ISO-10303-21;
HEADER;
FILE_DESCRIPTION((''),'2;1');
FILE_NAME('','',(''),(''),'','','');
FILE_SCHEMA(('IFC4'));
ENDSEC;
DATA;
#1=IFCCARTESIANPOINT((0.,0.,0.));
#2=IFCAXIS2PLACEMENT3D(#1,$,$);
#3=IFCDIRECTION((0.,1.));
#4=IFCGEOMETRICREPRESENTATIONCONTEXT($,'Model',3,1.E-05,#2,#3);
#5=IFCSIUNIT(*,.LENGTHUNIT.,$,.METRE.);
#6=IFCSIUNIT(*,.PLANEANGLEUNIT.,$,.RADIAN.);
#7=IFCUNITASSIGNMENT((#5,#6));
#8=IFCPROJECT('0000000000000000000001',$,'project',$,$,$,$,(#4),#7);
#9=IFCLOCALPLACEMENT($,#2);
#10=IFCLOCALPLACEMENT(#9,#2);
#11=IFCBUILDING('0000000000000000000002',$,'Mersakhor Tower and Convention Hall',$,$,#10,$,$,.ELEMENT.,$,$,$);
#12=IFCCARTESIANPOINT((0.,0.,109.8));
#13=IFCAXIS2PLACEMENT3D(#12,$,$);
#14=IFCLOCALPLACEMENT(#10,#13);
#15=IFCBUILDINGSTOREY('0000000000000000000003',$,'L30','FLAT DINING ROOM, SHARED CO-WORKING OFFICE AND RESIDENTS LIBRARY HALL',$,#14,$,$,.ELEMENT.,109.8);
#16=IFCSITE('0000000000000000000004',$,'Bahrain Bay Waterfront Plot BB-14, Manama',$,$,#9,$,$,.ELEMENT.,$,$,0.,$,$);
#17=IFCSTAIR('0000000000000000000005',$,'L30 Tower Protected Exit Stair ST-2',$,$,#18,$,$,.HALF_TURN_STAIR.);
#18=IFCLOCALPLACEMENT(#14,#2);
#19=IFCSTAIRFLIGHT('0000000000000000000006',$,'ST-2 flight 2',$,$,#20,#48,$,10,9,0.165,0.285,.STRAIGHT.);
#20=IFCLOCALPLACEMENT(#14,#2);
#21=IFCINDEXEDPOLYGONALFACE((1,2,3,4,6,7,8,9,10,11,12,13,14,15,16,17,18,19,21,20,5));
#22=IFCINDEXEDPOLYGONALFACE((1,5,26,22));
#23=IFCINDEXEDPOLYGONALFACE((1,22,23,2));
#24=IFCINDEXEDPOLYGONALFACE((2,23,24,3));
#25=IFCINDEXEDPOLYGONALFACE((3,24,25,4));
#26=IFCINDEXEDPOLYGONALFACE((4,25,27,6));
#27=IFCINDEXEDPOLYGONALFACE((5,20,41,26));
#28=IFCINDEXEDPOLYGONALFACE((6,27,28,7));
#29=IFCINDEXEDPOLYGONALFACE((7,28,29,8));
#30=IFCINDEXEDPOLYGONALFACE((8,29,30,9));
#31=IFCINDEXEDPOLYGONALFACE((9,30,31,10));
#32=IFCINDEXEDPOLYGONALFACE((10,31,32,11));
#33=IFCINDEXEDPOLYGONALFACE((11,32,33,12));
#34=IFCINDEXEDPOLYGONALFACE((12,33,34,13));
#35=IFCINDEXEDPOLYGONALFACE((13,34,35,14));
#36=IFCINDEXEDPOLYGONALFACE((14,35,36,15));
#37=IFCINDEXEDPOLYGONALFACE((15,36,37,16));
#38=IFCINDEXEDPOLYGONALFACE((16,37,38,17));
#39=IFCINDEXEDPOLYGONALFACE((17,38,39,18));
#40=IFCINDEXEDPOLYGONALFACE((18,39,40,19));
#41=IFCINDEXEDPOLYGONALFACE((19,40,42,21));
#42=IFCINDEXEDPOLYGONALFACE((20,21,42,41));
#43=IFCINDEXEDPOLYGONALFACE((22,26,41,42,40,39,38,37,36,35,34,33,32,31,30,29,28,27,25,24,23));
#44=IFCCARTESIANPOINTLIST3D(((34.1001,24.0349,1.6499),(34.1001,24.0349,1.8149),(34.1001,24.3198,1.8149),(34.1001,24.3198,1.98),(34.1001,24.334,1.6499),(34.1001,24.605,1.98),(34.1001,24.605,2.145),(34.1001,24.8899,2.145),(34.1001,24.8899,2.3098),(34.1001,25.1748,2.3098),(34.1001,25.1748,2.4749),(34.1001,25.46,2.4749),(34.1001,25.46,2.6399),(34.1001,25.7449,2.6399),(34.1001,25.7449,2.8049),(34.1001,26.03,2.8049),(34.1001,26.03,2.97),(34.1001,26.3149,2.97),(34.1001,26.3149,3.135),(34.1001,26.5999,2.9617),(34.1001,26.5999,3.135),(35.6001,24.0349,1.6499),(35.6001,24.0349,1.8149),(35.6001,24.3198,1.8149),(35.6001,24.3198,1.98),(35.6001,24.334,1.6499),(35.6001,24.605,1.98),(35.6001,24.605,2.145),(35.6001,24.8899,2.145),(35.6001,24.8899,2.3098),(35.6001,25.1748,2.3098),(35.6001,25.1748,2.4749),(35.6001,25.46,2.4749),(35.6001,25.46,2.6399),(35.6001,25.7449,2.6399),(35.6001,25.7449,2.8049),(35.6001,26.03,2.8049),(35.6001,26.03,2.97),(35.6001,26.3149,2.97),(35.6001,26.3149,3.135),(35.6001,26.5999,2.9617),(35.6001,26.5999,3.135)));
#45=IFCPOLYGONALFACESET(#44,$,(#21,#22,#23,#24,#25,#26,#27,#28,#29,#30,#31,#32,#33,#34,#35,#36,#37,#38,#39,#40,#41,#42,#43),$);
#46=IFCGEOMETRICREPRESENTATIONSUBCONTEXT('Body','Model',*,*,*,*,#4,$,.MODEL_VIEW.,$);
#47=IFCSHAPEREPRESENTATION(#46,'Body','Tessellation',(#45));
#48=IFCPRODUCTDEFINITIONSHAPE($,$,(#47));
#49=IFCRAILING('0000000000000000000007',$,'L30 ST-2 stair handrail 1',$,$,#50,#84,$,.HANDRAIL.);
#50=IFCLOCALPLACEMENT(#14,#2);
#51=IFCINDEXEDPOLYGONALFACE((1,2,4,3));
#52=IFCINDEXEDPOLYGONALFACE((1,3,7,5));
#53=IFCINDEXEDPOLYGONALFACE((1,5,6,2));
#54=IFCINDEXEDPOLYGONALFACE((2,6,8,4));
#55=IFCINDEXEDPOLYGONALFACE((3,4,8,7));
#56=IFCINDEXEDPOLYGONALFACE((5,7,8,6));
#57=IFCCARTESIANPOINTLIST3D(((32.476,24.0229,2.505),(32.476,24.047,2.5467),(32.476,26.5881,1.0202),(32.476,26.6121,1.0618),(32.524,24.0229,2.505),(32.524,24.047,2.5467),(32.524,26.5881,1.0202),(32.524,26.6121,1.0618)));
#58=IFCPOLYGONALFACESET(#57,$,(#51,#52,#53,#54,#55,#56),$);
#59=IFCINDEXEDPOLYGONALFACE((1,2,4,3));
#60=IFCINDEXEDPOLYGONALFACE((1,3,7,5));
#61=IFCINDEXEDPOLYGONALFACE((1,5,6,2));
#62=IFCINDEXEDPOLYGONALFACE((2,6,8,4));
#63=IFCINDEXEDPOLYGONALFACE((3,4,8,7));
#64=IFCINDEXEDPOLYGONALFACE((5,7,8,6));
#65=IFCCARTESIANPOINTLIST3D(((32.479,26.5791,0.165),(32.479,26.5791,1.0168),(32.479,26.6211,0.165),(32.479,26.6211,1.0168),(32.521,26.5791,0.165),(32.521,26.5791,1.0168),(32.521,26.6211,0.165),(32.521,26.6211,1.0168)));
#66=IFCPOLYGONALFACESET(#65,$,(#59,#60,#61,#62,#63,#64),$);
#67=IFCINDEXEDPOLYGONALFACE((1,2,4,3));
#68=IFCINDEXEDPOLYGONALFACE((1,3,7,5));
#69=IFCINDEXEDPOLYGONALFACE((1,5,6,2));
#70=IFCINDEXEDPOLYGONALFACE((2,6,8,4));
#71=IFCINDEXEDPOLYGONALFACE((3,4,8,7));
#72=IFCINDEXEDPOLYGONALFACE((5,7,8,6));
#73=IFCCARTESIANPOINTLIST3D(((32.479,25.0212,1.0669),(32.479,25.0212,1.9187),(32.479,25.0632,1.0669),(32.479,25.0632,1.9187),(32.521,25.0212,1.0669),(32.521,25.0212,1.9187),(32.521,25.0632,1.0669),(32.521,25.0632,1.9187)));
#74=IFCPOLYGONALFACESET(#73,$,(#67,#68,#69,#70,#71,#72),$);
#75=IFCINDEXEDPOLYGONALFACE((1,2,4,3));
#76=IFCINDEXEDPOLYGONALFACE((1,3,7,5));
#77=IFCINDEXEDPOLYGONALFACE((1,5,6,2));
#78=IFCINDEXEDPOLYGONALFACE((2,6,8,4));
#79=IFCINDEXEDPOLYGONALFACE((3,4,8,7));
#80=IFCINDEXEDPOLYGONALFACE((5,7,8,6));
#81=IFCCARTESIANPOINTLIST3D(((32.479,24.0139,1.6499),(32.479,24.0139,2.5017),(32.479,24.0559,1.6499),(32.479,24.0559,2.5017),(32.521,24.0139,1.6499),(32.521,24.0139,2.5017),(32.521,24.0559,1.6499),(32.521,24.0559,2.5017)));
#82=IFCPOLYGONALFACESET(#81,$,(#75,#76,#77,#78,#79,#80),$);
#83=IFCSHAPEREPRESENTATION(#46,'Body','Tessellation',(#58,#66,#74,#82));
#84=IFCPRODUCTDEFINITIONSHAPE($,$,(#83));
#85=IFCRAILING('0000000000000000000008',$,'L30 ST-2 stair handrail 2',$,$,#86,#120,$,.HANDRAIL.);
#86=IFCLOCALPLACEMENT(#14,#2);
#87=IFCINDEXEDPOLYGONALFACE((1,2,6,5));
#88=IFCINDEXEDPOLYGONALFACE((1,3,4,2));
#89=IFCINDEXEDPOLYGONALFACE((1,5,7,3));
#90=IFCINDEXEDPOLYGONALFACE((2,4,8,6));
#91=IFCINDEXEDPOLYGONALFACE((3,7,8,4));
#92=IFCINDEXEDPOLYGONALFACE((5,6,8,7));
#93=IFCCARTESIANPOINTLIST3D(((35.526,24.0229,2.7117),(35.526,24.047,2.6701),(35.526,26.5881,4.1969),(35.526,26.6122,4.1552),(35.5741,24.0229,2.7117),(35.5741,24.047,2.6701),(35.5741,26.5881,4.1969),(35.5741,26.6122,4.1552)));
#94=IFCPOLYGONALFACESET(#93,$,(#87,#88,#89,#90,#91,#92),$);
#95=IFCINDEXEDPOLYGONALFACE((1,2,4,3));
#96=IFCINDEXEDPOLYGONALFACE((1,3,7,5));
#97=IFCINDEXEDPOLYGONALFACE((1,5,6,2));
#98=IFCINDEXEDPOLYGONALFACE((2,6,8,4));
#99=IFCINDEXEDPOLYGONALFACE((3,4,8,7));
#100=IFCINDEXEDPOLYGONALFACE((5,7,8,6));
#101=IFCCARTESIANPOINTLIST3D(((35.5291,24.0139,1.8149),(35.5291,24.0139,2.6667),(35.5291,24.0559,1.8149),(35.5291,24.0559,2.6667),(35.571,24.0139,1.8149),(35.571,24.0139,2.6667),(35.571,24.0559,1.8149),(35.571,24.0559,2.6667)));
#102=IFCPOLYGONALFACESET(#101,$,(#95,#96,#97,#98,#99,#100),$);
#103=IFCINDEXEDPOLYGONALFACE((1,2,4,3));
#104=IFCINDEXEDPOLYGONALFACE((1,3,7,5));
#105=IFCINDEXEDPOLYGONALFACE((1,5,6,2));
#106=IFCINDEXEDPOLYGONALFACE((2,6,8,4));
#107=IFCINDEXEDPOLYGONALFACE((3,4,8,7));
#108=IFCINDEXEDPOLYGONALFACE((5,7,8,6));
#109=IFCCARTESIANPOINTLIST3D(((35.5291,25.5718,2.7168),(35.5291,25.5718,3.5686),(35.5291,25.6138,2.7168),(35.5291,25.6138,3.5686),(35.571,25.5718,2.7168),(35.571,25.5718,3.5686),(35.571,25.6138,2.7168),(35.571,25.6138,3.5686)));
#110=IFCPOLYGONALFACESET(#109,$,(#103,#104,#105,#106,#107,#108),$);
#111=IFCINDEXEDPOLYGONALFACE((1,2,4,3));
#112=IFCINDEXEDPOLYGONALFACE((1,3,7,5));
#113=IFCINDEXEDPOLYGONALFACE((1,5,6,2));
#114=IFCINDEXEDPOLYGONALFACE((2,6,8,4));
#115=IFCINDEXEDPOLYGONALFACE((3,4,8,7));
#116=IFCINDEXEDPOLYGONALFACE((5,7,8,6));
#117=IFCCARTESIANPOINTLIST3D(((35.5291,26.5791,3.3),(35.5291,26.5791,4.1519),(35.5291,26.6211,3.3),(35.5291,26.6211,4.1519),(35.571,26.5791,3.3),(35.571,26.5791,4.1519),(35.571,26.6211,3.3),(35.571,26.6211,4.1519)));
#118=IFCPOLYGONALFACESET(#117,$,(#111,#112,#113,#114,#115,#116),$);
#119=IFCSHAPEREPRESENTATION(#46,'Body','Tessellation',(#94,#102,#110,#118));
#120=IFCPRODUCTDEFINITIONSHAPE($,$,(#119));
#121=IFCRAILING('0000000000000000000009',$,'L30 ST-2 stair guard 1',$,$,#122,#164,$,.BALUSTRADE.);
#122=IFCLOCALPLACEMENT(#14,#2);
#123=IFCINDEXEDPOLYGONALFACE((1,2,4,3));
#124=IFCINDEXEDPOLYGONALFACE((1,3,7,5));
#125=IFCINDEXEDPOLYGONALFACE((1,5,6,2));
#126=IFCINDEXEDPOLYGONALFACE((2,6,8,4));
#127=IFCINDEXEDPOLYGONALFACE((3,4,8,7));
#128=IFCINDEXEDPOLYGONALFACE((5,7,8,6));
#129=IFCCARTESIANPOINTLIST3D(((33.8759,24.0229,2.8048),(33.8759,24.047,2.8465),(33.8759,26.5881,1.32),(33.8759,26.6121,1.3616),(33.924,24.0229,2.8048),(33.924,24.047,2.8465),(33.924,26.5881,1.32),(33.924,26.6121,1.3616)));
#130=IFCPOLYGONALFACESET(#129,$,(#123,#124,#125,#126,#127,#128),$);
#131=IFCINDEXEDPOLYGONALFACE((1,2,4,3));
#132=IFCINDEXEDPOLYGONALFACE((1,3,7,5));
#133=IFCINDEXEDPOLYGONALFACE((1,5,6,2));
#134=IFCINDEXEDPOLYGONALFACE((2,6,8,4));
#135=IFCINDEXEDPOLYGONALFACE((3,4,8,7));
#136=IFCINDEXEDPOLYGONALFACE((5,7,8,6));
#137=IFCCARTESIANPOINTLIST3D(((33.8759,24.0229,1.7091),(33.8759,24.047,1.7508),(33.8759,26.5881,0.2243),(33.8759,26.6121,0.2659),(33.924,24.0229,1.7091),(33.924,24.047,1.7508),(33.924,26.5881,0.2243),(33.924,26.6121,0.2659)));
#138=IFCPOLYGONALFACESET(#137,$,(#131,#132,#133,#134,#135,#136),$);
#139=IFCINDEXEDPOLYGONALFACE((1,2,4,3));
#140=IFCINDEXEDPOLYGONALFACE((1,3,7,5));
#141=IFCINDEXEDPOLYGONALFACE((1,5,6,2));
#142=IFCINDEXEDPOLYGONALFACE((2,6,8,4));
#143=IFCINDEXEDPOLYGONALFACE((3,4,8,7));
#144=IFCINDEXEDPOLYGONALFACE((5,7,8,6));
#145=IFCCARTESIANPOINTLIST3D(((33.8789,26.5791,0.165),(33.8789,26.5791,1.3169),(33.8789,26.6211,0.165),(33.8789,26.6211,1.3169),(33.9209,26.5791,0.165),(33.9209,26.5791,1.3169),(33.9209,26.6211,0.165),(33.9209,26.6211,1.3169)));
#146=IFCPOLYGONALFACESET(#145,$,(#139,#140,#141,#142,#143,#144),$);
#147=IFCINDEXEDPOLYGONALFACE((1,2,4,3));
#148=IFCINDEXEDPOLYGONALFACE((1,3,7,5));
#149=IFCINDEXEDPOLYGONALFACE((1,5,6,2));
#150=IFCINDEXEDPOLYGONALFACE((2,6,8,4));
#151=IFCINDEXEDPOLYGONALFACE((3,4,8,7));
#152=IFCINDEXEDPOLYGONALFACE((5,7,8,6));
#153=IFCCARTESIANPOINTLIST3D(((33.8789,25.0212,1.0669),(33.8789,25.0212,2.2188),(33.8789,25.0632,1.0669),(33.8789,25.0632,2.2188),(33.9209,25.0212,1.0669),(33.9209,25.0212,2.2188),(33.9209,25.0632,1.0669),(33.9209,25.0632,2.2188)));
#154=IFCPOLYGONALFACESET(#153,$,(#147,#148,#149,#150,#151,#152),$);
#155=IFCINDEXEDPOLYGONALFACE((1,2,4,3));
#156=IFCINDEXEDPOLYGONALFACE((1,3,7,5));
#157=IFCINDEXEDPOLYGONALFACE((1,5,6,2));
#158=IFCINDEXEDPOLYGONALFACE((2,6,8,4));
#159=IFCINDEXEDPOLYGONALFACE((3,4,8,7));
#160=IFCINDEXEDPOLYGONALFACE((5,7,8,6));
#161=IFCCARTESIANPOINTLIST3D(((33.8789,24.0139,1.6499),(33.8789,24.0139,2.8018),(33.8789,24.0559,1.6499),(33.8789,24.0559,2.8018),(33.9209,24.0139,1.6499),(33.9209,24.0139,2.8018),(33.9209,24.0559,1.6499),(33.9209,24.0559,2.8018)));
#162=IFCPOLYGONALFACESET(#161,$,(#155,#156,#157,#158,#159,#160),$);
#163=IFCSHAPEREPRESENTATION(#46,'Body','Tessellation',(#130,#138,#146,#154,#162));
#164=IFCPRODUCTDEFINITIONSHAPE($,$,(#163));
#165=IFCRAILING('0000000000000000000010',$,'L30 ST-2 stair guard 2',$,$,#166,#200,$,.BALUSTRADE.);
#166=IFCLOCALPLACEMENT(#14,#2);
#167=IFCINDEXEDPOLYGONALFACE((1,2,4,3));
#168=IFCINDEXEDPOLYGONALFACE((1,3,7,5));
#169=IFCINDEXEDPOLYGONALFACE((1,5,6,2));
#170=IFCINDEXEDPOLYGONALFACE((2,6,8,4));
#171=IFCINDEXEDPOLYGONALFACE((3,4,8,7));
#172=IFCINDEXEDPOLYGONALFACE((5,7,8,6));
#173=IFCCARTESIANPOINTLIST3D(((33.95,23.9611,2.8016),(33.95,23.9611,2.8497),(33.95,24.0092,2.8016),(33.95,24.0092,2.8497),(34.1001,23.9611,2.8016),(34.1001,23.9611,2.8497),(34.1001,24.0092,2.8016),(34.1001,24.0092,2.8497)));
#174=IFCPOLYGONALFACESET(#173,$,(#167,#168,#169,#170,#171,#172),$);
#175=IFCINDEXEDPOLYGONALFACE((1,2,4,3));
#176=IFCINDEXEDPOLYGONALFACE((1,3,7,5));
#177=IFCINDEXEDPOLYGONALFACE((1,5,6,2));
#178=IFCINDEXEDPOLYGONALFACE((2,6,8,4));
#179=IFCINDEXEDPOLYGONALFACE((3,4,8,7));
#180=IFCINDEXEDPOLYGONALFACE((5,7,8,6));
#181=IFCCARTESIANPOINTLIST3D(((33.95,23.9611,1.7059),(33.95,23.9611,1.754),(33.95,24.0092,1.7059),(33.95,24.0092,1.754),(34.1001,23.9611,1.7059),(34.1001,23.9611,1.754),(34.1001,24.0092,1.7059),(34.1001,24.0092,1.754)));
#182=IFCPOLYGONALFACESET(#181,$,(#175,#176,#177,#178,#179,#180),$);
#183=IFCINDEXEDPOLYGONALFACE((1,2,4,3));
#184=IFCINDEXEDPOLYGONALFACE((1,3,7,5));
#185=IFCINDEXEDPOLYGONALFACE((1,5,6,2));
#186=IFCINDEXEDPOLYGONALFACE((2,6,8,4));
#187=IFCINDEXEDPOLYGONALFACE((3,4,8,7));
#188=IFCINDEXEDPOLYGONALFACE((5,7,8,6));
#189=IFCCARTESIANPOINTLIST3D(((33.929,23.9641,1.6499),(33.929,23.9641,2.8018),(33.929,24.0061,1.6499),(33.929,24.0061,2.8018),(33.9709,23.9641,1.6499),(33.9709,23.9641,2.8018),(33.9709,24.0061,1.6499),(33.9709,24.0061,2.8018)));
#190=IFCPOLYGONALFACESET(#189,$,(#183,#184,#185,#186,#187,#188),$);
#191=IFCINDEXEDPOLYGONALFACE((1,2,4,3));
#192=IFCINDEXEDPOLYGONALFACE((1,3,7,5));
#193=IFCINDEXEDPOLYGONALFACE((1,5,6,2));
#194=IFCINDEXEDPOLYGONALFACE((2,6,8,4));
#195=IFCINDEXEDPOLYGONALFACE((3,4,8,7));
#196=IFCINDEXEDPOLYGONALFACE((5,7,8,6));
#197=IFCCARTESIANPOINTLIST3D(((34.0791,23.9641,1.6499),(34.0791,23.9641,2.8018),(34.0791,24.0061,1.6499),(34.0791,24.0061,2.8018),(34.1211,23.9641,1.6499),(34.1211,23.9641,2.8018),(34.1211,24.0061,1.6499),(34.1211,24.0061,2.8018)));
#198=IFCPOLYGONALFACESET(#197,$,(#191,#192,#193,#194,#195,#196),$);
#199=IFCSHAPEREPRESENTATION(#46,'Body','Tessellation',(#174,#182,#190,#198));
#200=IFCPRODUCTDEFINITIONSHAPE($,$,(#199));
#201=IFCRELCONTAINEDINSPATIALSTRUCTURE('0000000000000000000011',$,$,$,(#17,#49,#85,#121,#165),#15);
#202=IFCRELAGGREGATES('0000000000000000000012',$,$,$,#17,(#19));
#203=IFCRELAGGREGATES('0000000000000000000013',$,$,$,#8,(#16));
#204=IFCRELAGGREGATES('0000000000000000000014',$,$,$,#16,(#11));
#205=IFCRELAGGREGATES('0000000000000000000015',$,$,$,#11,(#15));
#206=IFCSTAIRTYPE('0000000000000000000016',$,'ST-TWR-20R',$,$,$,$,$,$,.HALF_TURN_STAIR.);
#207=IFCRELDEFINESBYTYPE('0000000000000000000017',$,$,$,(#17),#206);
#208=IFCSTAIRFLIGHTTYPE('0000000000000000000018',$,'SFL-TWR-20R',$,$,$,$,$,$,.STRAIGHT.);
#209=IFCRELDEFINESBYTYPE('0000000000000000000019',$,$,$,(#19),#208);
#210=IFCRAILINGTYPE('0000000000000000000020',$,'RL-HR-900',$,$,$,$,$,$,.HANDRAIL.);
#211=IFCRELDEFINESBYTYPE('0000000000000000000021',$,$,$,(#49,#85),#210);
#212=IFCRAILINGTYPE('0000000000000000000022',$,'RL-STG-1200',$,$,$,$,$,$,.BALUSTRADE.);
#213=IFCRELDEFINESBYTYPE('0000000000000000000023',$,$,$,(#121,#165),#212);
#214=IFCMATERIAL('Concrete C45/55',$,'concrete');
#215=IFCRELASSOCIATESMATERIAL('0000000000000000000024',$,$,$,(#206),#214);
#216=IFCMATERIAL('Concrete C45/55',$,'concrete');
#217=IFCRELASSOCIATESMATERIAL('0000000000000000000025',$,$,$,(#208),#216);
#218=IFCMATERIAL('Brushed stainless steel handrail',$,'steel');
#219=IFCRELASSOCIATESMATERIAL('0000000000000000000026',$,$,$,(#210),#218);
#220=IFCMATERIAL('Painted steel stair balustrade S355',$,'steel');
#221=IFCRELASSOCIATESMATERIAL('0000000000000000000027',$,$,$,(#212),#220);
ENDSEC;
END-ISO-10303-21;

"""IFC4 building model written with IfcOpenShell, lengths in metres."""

from ifc_helpers import new_model, si_unit, direction, frame, origin, origin_2d, place, context, subcontext, project, spatial, polyline, rectangle, outline, extrude, material, type_object, element, aggregate, save


model = new_model("IFC4")

# Units and contexts
model_context = context("Model", 3, precision=1e-05, world=origin(), true_north=direction((0.0, 1.0)))
body_context = subcontext(model_context, "Body", "Model", "MODEL_VIEW")
ifc_project = project(units=[si_unit("LENGTHUNIT", "METRE"), si_unit("PLANEANGLEUNIT", "RADIAN")], contexts=[model_context])

# Site, building, storey
site_placement = place(None, origin())
site = spatial("IfcSite", under=ifc_project, at=site_placement, Name="Bahrain Bay Waterfront Plot BB-14, Manama", CompositionType="ELEMENT", RefElevation=0.0)
building_placement = place(site_placement, origin())
building = spatial("IfcBuilding", under=site, at=building_placement, Name="Mersakhor Tower and Convention Hall", CompositionType="ELEMENT")
storey_placement = place(building_placement, frame((0.0, 0.0, 109.8)))
storey = spatial("IfcBuildingStorey", under=building, at=storey_placement, Name="L30", Description="FLAT DINING ROOM, SHARED CO-WORKING OFFICE AND RESIDENTS LIBRARY HALL", CompositionType="ELEMENT", Elevation=109.8)

# Stair, stair flight
ifc_material_1 = material(Name="Concrete C45/55", Category="concrete")
stair_type = type_object("IfcStairType", Name="ST-TWR-20R", PredefinedType="HALF_TURN_STAIR", material=ifc_material_1)
stair_placement = place(storey_placement, origin())
stair = element("IfcStair", 1, at=stair_placement, inside=storey, type_object=stair_type, Name="L30 Tower Protected Exit Stair ST-2", PredefinedType="HALF_TURN_STAIR")
ifc_material_2 = material(Name="Concrete C45/55", Category="concrete")
stair_flight_type = type_object("IfcStairFlightType", Name="SFL-TWR-20R", PredefinedType="STRAIGHT", material=ifc_material_2)
stair_flight_1_placement = place(storey_placement, frame((34.8501, 24.0349, 1.6499), z_axis=(0.0, 0.0, 1.0), x_axis=(0.0, 1.0, 0.0)))
stair_flight_1 = element("IfcStairFlight", 2, at=stair_flight_1_placement, type_object=stair_flight_type, Name="ST-2 flight 2", NumberOfRisers=10, NumberOfTreads=9, PredefinedType="STRAIGHT", RiserHeight=0.165, TreadLength=0.285, context=body_context, shape_type="SweptSolid", body=[
    extrude(outline(polyline([(0.0, 0.0), (0.0, 0.165), (0.2849, 0.165), (0.2849, 0.3301), (0.5701, 0.3301), (0.5701, 0.4951), (0.855, 0.4951), (0.855, 0.6599), (1.1399, 0.6599), (1.1399, 0.825), (1.425, 0.825), (1.425, 0.99), (1.71, 0.99), (1.71, 1.155), (1.9951, 1.155), (1.9951, 1.3201), (2.28, 1.3201), (2.28, 1.4851), (2.5649, 1.4851), (2.5649, 1.6499), (2.5649, 1.3118), (0.2991, 0.0), (0.0, 0.0)])), frame((0.0, 0.75, 0.0), z_axis=(0.0, -1.0, 0.0), x_axis=(1.0, 0.0, 0.0)), (0.0, 0.0, 1.0), 1.5),
])
aggregate(stair, [stair_flight_1])

# Railings
ifc_material_3 = material(Name="Brushed stainless steel handrail", Category="steel")
railing_type_1 = type_object("IfcRailingType", Name="RL-HR-900", PredefinedType="HANDRAIL", material=ifc_material_3)
railing_1_placement = place(storey_placement, frame((32.5, 26.6001, 0.165)))
element("IfcRailing", 3, at=railing_1_placement, inside=storey, type_object=railing_type_1, Name="L30 ST-2 stair handrail 1", PredefinedType="HANDRAIL", context=body_context, shape_type="SweptSolid", body=[
    extrude(rectangle(XDim=0.0481, YDim=0.0481, at=origin_2d()), frame((0.0, 0.0, 0.876), z_axis=(0.0, -0.865462, 0.500975), x_axis=(1.0, 0.0, 0.0)), (0.0, 0.0, 1.0), 2.9639),
    extrude(rectangle(XDim=0.042, YDim=0.042, at=origin_2d()), origin(), (0.0, 0.0, 1.0), 0.8518),
    extrude(rectangle(XDim=0.042, YDim=0.042, at=origin_2d()), frame((0.0, -1.5579, 0.9019)), (0.0, 0.0, 1.0), 0.8518),
    extrude(rectangle(XDim=0.042, YDim=0.042, at=origin_2d()), frame((0.0, -2.5652, 1.4849)), (0.0, 0.0, 1.0), 0.8518),
])
railing_2_placement = place(storey_placement, frame((35.55, 24.0349, 1.8149)))
element("IfcRailing", 4, at=railing_2_placement, inside=storey, type_object=railing_type_1, Name="L30 ST-2 stair handrail 2", PredefinedType="HANDRAIL", context=body_context, shape_type="SweptSolid", body=[
    extrude(rectangle(XDim=0.0481, YDim=0.0481, at=origin_2d()), frame((0.0, 0.0, 0.876), z_axis=(0.0, 0.865426, 0.501036), x_axis=(-1.0, 0.0, 0.0)), (0.0, 0.0, 1.0), 2.9641),
    extrude(rectangle(XDim=0.042, YDim=0.042, at=origin_2d()), origin(), (0.0, 0.0, 1.0), 0.8518),
    extrude(rectangle(XDim=0.042, YDim=0.042, at=origin_2d()), frame((0.0, 1.5579, 0.9019)), (0.0, 0.0, 1.0), 0.8518),
    extrude(rectangle(XDim=0.042, YDim=0.042, at=origin_2d()), frame((0.0, 2.5652, 1.4851)), (0.0, 0.0, 1.0), 0.8518),
])
ifc_material_4 = material(Name="Painted steel stair balustrade S355", Category="steel")
railing_type_2 = type_object("IfcRailingType", Name="RL-STG-1200", PredefinedType="BALUSTRADE", material=ifc_material_4)
railing_3_placement = place(storey_placement, frame((33.8999, 26.6001, 0.165)))
element("IfcRailing", 5, at=railing_3_placement, inside=storey, type_object=railing_type_2, Name="L30 ST-2 stair guard 1", PredefinedType="BALUSTRADE", context=body_context, shape_type="SweptSolid", body=[
    extrude(rectangle(XDim=0.0481, YDim=0.0481, at=origin_2d()), frame((0.0, 0.0, 1.1758), z_axis=(0.0, -0.865462, 0.500975), x_axis=(1.0, 0.0, 0.0)), (0.0, 0.0, 1.0), 2.9639),
    extrude(rectangle(XDim=0.0481, YDim=0.0481, at=origin_2d()), frame((0.0, 0.0, 0.0801), z_axis=(0.0, -0.865462, 0.500975), x_axis=(1.0, 0.0, 0.0)), (0.0, 0.0, 1.0), 2.9639),
    extrude(rectangle(XDim=0.042, YDim=0.042, at=origin_2d()), origin(), (0.0, 0.0, 1.0), 1.1519),
    extrude(rectangle(XDim=0.042, YDim=0.042, at=origin_2d()), frame((0.0, -1.5579, 0.9019)), (0.0, 0.0, 1.0), 1.1519),
    extrude(rectangle(XDim=0.042, YDim=0.042, at=origin_2d()), frame((0.0, -2.5652, 1.4849)), (0.0, 0.0, 1.0), 1.1519),
])
railing_4_placement = place(storey_placement, frame((33.95, 23.9851, 1.6499)))
element("IfcRailing", 6, at=railing_4_placement, inside=storey, type_object=railing_type_2, Name="L30 ST-2 stair guard 2", PredefinedType="BALUSTRADE", context=body_context, shape_type="SweptSolid", body=[
    extrude(rectangle(XDim=0.0481, YDim=0.0481, at=origin_2d()), frame((0.0, 0.0, 1.1758), z_axis=(1.0, 0.0, 0.0), x_axis=(0.0, 1.0, 0.0)), (0.0, 0.0, 1.0), 0.1501),
    extrude(rectangle(XDim=0.0481, YDim=0.0481, at=origin_2d()), frame((0.0, 0.0, 0.0801), z_axis=(1.0, 0.0, 0.0), x_axis=(0.0, 1.0, 0.0)), (0.0, 0.0, 1.0), 0.1501),
    extrude(rectangle(XDim=0.042, YDim=0.042, at=origin_2d()), origin(), (0.0, 0.0, 1.0), 1.1519),
    extrude(rectangle(XDim=0.042, YDim=0.042, at=origin_2d()), frame((0.1501, 0.0, 0.0)), (0.0, 0.0, 1.0), 1.1519),
])

save(model, "model.ifc")
